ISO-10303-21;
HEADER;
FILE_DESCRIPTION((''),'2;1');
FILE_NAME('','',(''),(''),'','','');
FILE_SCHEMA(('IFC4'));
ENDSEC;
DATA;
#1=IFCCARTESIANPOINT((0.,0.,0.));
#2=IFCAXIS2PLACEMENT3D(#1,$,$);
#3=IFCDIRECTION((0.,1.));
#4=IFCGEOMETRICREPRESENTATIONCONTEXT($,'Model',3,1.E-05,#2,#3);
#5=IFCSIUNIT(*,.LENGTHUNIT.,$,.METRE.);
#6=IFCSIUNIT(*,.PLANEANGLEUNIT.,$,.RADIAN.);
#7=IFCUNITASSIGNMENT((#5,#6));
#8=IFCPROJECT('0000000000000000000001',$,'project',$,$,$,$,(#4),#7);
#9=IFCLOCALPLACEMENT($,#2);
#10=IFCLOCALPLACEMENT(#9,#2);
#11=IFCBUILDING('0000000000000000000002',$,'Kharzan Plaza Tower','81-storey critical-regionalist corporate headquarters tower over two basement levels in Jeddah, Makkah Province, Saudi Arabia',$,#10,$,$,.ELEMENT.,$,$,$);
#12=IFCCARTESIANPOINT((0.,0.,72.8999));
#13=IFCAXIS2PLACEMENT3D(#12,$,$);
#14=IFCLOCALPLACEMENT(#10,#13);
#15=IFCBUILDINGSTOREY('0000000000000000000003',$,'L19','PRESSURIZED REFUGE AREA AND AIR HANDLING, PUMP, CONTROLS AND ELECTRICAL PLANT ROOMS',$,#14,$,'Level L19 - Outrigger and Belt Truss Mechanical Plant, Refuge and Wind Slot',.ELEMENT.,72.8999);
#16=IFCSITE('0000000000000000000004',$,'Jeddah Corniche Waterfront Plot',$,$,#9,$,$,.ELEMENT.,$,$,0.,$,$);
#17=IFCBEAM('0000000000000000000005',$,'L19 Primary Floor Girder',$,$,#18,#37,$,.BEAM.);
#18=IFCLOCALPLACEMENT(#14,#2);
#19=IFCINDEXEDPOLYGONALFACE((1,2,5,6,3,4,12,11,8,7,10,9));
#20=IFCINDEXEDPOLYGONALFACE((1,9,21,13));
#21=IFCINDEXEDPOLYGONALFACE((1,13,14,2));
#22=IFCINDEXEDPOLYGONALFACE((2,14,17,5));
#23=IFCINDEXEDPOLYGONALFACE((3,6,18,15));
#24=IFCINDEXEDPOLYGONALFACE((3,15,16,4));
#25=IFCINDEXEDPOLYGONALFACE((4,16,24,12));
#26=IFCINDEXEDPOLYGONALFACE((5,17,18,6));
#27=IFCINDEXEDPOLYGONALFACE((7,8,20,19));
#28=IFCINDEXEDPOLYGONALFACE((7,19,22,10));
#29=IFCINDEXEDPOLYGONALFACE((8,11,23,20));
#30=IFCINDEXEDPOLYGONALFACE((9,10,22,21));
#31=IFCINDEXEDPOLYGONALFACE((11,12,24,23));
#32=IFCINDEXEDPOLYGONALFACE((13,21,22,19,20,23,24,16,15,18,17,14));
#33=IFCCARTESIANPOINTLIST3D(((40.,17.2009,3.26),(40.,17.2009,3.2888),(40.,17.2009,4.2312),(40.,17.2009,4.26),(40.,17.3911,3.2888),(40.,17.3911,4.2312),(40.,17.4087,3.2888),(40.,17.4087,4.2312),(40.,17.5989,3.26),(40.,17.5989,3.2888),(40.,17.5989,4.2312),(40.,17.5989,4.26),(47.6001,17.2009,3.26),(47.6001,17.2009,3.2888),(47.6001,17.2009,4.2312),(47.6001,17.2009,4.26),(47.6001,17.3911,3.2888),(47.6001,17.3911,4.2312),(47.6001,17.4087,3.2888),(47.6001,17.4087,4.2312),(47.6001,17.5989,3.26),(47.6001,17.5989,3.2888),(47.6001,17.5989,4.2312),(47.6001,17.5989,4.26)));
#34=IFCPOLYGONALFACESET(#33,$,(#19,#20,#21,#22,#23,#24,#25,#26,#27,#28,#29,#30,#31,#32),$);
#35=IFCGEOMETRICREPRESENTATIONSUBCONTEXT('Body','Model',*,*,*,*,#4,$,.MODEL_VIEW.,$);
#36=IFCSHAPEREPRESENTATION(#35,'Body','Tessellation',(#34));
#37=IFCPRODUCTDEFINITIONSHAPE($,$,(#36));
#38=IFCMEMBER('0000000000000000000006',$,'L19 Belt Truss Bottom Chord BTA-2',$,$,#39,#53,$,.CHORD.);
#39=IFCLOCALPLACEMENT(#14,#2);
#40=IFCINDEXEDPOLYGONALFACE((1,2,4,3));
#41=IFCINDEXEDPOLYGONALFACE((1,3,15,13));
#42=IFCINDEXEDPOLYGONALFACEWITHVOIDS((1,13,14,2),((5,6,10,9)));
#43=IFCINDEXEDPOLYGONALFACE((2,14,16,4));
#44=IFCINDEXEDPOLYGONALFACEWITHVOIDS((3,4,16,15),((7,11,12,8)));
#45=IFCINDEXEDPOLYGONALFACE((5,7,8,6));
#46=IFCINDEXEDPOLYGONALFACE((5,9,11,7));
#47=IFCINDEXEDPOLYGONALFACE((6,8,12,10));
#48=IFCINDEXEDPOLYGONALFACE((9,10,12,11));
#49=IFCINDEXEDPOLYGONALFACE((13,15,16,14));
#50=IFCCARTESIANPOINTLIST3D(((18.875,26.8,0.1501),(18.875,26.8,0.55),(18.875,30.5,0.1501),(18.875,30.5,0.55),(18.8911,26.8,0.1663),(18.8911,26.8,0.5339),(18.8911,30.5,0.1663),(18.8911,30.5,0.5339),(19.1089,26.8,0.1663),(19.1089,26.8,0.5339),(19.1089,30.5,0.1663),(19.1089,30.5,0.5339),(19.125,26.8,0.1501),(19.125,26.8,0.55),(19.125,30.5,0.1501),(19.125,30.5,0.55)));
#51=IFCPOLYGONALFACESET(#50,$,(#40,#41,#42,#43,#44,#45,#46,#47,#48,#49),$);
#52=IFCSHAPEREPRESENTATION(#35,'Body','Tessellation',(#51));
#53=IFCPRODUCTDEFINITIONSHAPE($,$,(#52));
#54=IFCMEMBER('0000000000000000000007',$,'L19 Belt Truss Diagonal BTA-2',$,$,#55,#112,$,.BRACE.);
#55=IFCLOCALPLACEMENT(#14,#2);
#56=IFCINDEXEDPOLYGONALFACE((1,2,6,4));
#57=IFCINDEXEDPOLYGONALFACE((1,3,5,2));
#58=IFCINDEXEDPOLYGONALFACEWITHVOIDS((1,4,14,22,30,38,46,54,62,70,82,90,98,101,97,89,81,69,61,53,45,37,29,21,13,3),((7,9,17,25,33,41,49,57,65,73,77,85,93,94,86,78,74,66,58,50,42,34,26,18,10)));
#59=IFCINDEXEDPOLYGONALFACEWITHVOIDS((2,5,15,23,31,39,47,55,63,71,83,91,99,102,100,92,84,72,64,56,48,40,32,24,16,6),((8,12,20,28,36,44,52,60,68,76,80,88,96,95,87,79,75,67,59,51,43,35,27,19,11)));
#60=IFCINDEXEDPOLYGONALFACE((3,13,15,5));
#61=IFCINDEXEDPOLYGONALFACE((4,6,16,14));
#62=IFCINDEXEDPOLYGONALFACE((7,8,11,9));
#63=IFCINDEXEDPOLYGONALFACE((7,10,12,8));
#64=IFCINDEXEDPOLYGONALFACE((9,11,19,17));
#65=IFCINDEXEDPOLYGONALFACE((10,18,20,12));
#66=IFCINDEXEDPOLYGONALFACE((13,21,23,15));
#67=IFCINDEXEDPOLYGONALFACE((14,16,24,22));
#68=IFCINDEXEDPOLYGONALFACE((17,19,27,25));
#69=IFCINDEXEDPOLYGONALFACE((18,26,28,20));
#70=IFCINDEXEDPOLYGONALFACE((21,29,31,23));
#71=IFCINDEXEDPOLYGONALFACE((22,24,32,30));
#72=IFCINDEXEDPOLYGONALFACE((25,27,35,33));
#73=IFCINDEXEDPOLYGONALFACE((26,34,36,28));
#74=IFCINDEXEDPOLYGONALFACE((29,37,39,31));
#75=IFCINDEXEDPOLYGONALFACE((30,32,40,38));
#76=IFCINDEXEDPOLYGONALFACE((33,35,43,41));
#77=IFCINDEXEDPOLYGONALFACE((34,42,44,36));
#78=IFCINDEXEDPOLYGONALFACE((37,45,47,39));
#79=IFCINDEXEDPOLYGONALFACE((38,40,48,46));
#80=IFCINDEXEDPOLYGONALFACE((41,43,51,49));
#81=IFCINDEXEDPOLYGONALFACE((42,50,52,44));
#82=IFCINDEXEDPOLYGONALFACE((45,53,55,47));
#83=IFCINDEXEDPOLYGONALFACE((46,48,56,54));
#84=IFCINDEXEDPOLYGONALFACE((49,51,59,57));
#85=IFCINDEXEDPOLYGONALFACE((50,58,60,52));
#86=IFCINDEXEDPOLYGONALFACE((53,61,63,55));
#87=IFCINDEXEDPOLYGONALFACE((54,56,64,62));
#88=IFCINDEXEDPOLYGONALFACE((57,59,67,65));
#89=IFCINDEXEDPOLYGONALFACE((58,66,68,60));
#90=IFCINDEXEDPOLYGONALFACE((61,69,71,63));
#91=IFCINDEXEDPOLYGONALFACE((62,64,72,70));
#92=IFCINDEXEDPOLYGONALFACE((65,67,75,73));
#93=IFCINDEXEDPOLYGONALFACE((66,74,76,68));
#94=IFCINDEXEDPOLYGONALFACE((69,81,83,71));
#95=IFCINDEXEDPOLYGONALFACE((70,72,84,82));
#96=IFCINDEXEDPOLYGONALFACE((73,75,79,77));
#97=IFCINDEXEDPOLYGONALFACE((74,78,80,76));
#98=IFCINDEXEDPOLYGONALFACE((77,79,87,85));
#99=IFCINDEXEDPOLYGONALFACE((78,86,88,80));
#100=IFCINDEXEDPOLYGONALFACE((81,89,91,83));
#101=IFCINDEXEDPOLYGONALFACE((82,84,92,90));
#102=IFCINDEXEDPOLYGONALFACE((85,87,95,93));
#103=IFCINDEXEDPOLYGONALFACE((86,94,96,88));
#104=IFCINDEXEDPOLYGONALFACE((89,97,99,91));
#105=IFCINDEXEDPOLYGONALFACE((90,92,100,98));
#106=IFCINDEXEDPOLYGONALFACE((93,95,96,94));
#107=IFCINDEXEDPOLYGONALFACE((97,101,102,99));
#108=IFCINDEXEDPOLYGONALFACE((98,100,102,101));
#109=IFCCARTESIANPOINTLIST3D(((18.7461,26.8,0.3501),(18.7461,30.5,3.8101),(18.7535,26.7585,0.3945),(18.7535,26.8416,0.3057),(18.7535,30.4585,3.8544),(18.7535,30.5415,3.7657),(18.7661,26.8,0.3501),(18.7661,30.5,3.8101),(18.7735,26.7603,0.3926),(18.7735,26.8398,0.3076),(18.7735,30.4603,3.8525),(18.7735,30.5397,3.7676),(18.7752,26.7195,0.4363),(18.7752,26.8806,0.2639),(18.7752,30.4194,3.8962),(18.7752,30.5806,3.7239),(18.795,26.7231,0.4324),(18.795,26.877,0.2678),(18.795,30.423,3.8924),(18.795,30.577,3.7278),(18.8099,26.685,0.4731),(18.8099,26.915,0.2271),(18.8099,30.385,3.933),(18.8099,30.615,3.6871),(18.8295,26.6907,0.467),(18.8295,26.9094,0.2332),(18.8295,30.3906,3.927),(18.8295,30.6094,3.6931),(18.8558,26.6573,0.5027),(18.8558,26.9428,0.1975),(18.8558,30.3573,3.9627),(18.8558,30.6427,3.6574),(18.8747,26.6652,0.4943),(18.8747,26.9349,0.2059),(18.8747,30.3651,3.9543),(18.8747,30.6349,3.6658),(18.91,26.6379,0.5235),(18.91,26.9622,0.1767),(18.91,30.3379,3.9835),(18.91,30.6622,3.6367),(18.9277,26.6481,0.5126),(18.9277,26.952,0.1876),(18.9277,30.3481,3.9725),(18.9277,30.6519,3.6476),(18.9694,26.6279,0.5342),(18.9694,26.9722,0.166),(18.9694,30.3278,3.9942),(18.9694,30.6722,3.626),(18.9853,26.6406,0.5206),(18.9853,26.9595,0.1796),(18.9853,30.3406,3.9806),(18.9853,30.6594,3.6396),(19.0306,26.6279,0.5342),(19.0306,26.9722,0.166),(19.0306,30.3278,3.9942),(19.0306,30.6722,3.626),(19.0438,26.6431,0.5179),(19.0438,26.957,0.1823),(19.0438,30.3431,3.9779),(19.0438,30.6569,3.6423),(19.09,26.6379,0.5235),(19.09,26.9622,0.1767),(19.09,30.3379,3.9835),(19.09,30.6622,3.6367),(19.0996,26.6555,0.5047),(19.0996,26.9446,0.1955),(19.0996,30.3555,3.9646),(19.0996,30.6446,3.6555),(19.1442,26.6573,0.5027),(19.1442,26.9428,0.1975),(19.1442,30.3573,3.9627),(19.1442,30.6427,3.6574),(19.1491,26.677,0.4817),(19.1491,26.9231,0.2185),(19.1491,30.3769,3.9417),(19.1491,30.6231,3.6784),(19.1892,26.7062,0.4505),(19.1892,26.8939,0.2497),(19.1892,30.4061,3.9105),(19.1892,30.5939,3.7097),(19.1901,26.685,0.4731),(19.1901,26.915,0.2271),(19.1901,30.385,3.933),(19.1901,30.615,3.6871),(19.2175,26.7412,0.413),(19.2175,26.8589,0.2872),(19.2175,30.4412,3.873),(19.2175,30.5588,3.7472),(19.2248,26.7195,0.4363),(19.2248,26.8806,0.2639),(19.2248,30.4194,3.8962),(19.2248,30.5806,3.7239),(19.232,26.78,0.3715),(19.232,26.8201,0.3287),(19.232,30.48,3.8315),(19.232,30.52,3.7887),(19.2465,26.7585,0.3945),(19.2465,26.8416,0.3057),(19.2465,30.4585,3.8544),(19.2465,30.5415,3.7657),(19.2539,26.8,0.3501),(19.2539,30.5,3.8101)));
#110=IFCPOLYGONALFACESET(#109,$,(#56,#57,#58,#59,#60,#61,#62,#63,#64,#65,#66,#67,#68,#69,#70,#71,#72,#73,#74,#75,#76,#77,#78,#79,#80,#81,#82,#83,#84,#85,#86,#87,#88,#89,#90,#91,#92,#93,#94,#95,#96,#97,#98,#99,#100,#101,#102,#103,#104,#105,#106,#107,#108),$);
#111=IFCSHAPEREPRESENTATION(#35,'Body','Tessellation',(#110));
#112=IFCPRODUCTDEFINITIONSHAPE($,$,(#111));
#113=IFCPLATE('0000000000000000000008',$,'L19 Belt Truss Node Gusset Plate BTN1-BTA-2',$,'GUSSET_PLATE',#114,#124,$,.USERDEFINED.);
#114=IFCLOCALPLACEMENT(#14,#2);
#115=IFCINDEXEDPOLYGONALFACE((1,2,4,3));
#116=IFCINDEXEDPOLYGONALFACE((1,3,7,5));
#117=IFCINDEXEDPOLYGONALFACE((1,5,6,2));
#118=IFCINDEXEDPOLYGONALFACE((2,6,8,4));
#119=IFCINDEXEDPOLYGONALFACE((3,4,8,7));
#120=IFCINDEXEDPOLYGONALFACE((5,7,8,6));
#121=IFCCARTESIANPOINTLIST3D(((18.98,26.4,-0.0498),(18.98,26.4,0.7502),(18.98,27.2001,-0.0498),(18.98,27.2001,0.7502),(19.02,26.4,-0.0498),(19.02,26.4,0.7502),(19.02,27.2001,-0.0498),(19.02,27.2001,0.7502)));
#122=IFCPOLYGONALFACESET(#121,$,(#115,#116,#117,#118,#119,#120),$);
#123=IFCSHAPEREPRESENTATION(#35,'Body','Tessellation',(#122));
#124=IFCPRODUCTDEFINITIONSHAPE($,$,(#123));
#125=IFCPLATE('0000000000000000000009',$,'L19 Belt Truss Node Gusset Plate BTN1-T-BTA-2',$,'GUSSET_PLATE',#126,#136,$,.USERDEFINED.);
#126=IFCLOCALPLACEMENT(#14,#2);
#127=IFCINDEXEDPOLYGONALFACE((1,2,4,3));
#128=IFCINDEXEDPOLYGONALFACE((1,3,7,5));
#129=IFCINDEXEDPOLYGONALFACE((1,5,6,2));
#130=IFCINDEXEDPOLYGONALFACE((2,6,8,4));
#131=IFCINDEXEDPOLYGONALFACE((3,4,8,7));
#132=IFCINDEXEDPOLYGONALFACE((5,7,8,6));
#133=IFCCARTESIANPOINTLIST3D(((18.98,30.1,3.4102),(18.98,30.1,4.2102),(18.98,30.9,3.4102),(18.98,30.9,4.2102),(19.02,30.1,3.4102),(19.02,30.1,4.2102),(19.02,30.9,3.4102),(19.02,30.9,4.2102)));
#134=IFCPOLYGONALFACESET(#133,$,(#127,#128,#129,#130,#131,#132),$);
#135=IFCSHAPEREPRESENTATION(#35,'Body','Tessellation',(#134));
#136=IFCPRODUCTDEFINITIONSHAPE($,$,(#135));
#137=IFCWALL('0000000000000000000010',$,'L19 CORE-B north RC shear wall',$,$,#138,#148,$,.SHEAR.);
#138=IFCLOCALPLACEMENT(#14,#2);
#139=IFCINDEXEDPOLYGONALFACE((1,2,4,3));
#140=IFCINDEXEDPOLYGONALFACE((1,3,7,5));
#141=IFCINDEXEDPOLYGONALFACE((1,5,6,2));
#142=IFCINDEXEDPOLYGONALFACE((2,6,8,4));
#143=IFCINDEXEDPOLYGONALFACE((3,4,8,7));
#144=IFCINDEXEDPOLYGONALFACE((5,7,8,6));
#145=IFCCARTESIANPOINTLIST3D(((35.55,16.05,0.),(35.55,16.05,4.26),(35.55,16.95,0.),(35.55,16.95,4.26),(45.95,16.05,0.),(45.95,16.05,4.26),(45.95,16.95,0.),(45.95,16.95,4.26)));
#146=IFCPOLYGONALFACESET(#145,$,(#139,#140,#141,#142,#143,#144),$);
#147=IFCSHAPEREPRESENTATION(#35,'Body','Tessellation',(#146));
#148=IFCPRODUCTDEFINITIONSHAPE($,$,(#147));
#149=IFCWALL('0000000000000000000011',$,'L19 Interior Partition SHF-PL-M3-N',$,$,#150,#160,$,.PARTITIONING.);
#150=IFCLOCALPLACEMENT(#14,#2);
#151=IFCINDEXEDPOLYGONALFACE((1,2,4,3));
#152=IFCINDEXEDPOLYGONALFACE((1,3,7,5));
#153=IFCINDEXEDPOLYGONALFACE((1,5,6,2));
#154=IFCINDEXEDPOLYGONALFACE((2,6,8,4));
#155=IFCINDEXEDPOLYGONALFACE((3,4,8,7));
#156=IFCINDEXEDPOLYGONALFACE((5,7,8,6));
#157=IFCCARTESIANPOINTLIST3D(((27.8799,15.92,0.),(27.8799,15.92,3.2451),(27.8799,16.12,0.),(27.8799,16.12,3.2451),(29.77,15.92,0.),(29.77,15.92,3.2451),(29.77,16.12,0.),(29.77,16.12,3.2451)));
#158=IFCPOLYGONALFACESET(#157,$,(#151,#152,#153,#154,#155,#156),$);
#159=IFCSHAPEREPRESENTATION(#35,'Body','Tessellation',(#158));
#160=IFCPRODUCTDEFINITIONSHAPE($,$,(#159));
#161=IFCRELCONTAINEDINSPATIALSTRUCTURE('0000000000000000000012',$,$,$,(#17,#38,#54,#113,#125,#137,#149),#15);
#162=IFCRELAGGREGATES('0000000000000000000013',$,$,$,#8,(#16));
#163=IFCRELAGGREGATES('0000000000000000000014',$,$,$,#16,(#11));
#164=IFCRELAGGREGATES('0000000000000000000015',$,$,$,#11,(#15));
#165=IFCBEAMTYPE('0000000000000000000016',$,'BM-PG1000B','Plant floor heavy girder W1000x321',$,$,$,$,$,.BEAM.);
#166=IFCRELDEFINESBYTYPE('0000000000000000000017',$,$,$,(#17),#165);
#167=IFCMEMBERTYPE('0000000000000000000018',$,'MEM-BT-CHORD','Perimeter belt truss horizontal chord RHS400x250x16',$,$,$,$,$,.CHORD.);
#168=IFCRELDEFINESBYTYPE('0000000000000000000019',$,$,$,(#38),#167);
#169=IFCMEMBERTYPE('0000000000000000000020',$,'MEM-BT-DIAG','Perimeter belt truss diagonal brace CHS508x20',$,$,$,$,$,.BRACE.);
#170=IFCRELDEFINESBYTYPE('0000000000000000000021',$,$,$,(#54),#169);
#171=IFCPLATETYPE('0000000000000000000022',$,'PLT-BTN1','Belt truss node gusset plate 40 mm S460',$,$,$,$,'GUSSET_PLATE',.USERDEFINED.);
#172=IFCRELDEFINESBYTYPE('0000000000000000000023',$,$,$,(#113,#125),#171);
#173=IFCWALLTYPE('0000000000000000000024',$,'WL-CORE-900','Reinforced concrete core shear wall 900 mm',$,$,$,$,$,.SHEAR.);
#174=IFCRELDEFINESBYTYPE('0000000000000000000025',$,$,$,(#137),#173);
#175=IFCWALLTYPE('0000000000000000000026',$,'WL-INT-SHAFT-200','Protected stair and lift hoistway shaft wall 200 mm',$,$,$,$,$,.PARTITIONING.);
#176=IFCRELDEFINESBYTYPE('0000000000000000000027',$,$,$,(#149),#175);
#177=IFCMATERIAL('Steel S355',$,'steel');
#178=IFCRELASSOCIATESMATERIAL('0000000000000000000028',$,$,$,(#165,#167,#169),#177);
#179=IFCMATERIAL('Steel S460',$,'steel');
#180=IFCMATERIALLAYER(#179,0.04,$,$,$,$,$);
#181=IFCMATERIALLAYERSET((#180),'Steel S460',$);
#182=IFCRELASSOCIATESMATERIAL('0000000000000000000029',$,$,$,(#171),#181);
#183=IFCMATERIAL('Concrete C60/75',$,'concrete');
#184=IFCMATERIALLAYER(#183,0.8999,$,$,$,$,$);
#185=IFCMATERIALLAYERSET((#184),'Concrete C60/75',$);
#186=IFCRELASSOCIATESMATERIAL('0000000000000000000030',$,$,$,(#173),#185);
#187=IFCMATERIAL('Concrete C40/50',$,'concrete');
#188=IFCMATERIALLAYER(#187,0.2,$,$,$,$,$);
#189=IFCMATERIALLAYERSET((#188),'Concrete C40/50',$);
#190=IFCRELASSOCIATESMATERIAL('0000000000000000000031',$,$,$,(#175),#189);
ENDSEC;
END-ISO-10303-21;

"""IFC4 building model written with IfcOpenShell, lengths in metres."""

from ifc_helpers import new_model, si_unit, direction, frame, frame_2d, origin, origin_2d, place, context, subcontext, project, spatial, rectangle, hollow_rectangle, hollow_circle, i_section, extrude, source, transform, mapped, material, layer, layer_set, material_profile, profile_set, type_object, element, save


model = new_model("IFC4")

# Units and contexts
model_context = context("Model", 3, precision=1e-05, world=origin(), true_north=direction((0.0, 1.0)))
body_context = subcontext(model_context, "Body", "Model", "MODEL_VIEW")
ifc_project = project(units=[si_unit("LENGTHUNIT", "METRE"), si_unit("PLANEANGLEUNIT", "RADIAN")], contexts=[model_context])

# Site, building, storey
site_placement = place(None, origin())
site = spatial("IfcSite", under=ifc_project, at=site_placement, Name="Jeddah Corniche Waterfront Plot", CompositionType="ELEMENT", RefElevation=0.0)
building_placement = place(site_placement, origin())
building = spatial("IfcBuilding", under=site, at=building_placement, Name="Kharzan Plaza Tower", Description="81-storey critical-regionalist corporate headquarters tower over two basement levels in Jeddah, Makkah Province, Saudi Arabia", CompositionType="ELEMENT")
storey_placement = place(building_placement, frame((0.0, 0.0, 72.8999)))
storey = spatial("IfcBuildingStorey", under=building, at=storey_placement, Name="L19", Description="PRESSURIZED REFUGE AREA AND AIR HANDLING, PUMP, CONTROLS AND ELECTRICAL PLANT ROOMS", LongName="Level L19 - Outrigger and Belt Truss Mechanical Plant, Refuge and Wind Slot", CompositionType="ELEMENT", Elevation=72.8999)

# Shared definitions
ifc_material_1 = material(Name="Concrete C60/75", Category="concrete")

# Beam
ifc_material_2 = material(Name="Steel S355", Category="steel")
ifc_material_profile_1 = material_profile(ifc_material_2, i_section(OverallWidth=0.3979, OverallDepth=1.0, WebThickness=0.0176, FlangeThickness=0.0288, at=origin_2d()), Name="W1000x321")
ifc_profile_set_1 = profile_set([ifc_material_profile_1], Name="Steel S355")
beam_type_1 = type_object("IfcBeamType", Name="BM-PG1000B", Description="Plant floor heavy girder W1000x321", PredefinedType="BEAM", material=ifc_profile_set_1)
shared_shape_1 = source(origin(), body_context, "Body", "SweptSolid", [
    extrude(i_section(OverallWidth=0.3979, OverallDepth=1.0, WebThickness=0.0176, FlangeThickness=0.0288, at=origin_2d()), origin(), (0.0, 0.0, 1.0), 7.6001),
])
beam_1_placement = place(storey_placement, frame((40.0, 17.3999, 3.76), z_axis=(1.0, 0.0, 0.0), x_axis=(0.0, 1.0, 0.0)))
element("IfcBeam", 1, at=beam_1_placement, inside=storey, type_object=beam_type_1, Name="L19 Primary Floor Girder", PredefinedType="BEAM", context=body_context, shape_type="MappedRepresentation", body=[
    mapped(shared_shape_1, transform((0.0, 0.0, 0.0), x_axis=(1.0, 0.0, 0.0), y_axis=(0.0, 1.0, 0.0), z_axis=(0.0, 0.0, 1.0))),
])

# Members
ifc_material_profile_2 = material_profile(ifc_material_2, hollow_rectangle(XDim=0.25, YDim=0.3999, WallThickness=0.0161, at=origin_2d()), Name="RHS400x250x16")
ifc_profile_set_2 = profile_set([ifc_material_profile_2], Name="Steel S355")
member_type_1 = type_object("IfcMemberType", Name="MEM-BT-CHORD", Description="Perimeter belt truss horizontal chord RHS400x250x16", PredefinedType="CHORD", material=ifc_profile_set_2)
shared_shape_2 = source(origin(), body_context, "Body", "SweptSolid", [
    extrude(hollow_rectangle(XDim=0.25, YDim=0.3999, WallThickness=0.0161, at=origin_2d()), origin(), (0.0, 0.0, 1.0), 3.7),
])
member_1_placement = place(storey_placement, frame((19.0, 26.8, 0.3501), z_axis=(0.0, 1.0, 0.0), x_axis=(-1.0, 0.0, 0.0)))
element("IfcMember", 2, at=member_1_placement, inside=storey, type_object=member_type_1, Name="L19 Belt Truss Bottom Chord BTA-2", PredefinedType="CHORD", context=body_context, shape_type="MappedRepresentation", body=[
    mapped(shared_shape_2, transform((0.0, 0.0, 0.0), x_axis=(1.0, 0.0, 0.0), y_axis=(0.0, 1.0, 0.0), z_axis=(0.0, 0.0, 1.0))),
])
ifc_material_profile_3 = material_profile(ifc_material_2, hollow_circle(Radius=0.2539, WallThickness=0.02, at=origin_2d()), Name="CHS508x20")
ifc_profile_set_3 = profile_set([ifc_material_profile_3], Name="Steel S355")
member_type_2 = type_object("IfcMemberType", Name="MEM-BT-DIAG", Description="Perimeter belt truss diagonal brace CHS508x20", PredefinedType="BRACE", material=ifc_profile_set_3)
shared_shape_3 = source(origin(), body_context, "Body", "SweptSolid", [
    extrude(hollow_circle(Radius=0.2539, WallThickness=0.02, at=origin_2d()), origin(), (0.0, 0.0, 1.0), 5.0657),
])
member_2_placement = place(storey_placement, frame((19.0, 26.8, 0.3501), z_axis=(0.0, 0.730398, 0.683022), x_axis=(-1.0, 0.0, 0.0)))
element("IfcMember", 3, at=member_2_placement, inside=storey, type_object=member_type_2, Name="L19 Belt Truss Diagonal BTA-2", PredefinedType="BRACE", context=body_context, shape_type="MappedRepresentation", body=[
    mapped(shared_shape_3, transform((0.0, 0.0, 0.0), x_axis=(1.0, 0.0, 0.0), y_axis=(0.0, 1.0, 0.0), z_axis=(0.0, 0.0, 1.0))),
])

# Plates
ifc_material_3 = material(Name="Steel S460", Category="steel")
ifc_layer_1 = layer(ifc_material_3, 0.04)
ifc_layer_set_1 = layer_set([ifc_layer_1], Name="Steel S460")
plate_type = type_object("IfcPlateType", Name="PLT-BTN1", Description="Belt truss node gusset plate 40 mm S460", ElementType="GUSSET_PLATE", PredefinedType="USERDEFINED", material=ifc_layer_set_1)
shared_shape_4 = source(origin(), body_context, "Body", "SweptSolid", [
    extrude(rectangle(XDim=0.8, YDim=0.04, at=origin_2d()), origin(), (0.0, 0.0, 1.0), 0.8),
])
for number, where, z_axis, x_axis, name in (
    (4, (19.0, 26.8, -0.0498), (0.0, 0.0, 1.0), (0.0, 1.0, 0.0), "L19 Belt Truss Node Gusset Plate BTN1-BTA-2"),
    (5, (19.0, 30.5, 3.4102), (0.0, 0.0, 1.0), (0.0, 1.0, 0.0), "L19 Belt Truss Node Gusset Plate BTN1-T-BTA-2"),
):
    element("IfcPlate", number, at=place(storey_placement, frame(where, z_axis=z_axis, x_axis=x_axis)), inside=storey, type_object=plate_type, Name=name, ObjectType="GUSSET_PLATE", PredefinedType="USERDEFINED", context=body_context, shape_type="MappedRepresentation", body=[
        mapped(shared_shape_4, transform((0.0, 0.0, 0.0), x_axis=(1.0, 0.0, 0.0), y_axis=(0.0, 1.0, 0.0), z_axis=(0.0, 0.0, 1.0))),
    ])

# Walls
ifc_layer_2 = layer(ifc_material_1, 0.8999)
ifc_layer_set_2 = layer_set([ifc_layer_2], Name="Concrete C60/75")
wall_type_1 = type_object("IfcWallType", Name="WL-CORE-900", Description="Reinforced concrete core shear wall 900 mm", PredefinedType="SHEAR", material=ifc_layer_set_2)
shared_shape_5 = source(origin(), body_context, "Body", "SweptSolid", [
    extrude(rectangle(XDim=10.3999, YDim=0.8999, at=frame_2d((5.2, 0.0))), origin(), (0.0, 0.0, 1.0), 4.26),
])
wall_1_placement = place(storey_placement, frame((35.55, 16.5, 0.0), z_axis=(0.0, 0.0, 1.0), x_axis=(1.0, 0.0, 0.0)))
element("IfcWall", 6, at=wall_1_placement, inside=storey, type_object=wall_type_1, Name="L19 CORE-B north RC shear wall", PredefinedType="SHEAR", context=body_context, shape_type="MappedRepresentation", body=[
    mapped(shared_shape_5, transform((0.0, 0.0, 0.0), x_axis=(1.0, 0.0, 0.0), y_axis=(0.0, 1.0, 0.0), z_axis=(0.0, 0.0, 1.0))),
])
ifc_material_4 = material(Name="Concrete C40/50", Category="concrete")
ifc_layer_3 = layer(ifc_material_4, 0.2)
ifc_layer_set_3 = layer_set([ifc_layer_3], Name="Concrete C40/50")
wall_type_2 = type_object("IfcWallType", Name="WL-INT-SHAFT-200", Description="Protected stair and lift hoistway shaft wall 200 mm", PredefinedType="PARTITIONING", material=ifc_layer_set_3)
shared_shape_6 = source(origin(), body_context, "Body", "SweptSolid", [
    extrude(rectangle(XDim=1.8901, YDim=0.2, at=frame_2d((0.9451, 0.0))), origin(), (0.0, 0.0, 1.0), 3.2451),
])
wall_2_placement = place(storey_placement, frame((27.8799, 16.02, 0.0), z_axis=(0.0, 0.0, 1.0), x_axis=(1.0, 0.0, 0.0)))
element("IfcWall", 7, at=wall_2_placement, inside=storey, type_object=wall_type_2, Name="L19 Interior Partition SHF-PL-M3-N", PredefinedType="PARTITIONING", context=body_context, shape_type="MappedRepresentation", body=[
    mapped(shared_shape_6, transform((0.0, 0.0, 0.0), x_axis=(1.0, 0.0, 0.0), y_axis=(0.0, 1.0, 0.0), z_axis=(0.0, 0.0, 1.0))),
])

save(model, "model.ifc")
